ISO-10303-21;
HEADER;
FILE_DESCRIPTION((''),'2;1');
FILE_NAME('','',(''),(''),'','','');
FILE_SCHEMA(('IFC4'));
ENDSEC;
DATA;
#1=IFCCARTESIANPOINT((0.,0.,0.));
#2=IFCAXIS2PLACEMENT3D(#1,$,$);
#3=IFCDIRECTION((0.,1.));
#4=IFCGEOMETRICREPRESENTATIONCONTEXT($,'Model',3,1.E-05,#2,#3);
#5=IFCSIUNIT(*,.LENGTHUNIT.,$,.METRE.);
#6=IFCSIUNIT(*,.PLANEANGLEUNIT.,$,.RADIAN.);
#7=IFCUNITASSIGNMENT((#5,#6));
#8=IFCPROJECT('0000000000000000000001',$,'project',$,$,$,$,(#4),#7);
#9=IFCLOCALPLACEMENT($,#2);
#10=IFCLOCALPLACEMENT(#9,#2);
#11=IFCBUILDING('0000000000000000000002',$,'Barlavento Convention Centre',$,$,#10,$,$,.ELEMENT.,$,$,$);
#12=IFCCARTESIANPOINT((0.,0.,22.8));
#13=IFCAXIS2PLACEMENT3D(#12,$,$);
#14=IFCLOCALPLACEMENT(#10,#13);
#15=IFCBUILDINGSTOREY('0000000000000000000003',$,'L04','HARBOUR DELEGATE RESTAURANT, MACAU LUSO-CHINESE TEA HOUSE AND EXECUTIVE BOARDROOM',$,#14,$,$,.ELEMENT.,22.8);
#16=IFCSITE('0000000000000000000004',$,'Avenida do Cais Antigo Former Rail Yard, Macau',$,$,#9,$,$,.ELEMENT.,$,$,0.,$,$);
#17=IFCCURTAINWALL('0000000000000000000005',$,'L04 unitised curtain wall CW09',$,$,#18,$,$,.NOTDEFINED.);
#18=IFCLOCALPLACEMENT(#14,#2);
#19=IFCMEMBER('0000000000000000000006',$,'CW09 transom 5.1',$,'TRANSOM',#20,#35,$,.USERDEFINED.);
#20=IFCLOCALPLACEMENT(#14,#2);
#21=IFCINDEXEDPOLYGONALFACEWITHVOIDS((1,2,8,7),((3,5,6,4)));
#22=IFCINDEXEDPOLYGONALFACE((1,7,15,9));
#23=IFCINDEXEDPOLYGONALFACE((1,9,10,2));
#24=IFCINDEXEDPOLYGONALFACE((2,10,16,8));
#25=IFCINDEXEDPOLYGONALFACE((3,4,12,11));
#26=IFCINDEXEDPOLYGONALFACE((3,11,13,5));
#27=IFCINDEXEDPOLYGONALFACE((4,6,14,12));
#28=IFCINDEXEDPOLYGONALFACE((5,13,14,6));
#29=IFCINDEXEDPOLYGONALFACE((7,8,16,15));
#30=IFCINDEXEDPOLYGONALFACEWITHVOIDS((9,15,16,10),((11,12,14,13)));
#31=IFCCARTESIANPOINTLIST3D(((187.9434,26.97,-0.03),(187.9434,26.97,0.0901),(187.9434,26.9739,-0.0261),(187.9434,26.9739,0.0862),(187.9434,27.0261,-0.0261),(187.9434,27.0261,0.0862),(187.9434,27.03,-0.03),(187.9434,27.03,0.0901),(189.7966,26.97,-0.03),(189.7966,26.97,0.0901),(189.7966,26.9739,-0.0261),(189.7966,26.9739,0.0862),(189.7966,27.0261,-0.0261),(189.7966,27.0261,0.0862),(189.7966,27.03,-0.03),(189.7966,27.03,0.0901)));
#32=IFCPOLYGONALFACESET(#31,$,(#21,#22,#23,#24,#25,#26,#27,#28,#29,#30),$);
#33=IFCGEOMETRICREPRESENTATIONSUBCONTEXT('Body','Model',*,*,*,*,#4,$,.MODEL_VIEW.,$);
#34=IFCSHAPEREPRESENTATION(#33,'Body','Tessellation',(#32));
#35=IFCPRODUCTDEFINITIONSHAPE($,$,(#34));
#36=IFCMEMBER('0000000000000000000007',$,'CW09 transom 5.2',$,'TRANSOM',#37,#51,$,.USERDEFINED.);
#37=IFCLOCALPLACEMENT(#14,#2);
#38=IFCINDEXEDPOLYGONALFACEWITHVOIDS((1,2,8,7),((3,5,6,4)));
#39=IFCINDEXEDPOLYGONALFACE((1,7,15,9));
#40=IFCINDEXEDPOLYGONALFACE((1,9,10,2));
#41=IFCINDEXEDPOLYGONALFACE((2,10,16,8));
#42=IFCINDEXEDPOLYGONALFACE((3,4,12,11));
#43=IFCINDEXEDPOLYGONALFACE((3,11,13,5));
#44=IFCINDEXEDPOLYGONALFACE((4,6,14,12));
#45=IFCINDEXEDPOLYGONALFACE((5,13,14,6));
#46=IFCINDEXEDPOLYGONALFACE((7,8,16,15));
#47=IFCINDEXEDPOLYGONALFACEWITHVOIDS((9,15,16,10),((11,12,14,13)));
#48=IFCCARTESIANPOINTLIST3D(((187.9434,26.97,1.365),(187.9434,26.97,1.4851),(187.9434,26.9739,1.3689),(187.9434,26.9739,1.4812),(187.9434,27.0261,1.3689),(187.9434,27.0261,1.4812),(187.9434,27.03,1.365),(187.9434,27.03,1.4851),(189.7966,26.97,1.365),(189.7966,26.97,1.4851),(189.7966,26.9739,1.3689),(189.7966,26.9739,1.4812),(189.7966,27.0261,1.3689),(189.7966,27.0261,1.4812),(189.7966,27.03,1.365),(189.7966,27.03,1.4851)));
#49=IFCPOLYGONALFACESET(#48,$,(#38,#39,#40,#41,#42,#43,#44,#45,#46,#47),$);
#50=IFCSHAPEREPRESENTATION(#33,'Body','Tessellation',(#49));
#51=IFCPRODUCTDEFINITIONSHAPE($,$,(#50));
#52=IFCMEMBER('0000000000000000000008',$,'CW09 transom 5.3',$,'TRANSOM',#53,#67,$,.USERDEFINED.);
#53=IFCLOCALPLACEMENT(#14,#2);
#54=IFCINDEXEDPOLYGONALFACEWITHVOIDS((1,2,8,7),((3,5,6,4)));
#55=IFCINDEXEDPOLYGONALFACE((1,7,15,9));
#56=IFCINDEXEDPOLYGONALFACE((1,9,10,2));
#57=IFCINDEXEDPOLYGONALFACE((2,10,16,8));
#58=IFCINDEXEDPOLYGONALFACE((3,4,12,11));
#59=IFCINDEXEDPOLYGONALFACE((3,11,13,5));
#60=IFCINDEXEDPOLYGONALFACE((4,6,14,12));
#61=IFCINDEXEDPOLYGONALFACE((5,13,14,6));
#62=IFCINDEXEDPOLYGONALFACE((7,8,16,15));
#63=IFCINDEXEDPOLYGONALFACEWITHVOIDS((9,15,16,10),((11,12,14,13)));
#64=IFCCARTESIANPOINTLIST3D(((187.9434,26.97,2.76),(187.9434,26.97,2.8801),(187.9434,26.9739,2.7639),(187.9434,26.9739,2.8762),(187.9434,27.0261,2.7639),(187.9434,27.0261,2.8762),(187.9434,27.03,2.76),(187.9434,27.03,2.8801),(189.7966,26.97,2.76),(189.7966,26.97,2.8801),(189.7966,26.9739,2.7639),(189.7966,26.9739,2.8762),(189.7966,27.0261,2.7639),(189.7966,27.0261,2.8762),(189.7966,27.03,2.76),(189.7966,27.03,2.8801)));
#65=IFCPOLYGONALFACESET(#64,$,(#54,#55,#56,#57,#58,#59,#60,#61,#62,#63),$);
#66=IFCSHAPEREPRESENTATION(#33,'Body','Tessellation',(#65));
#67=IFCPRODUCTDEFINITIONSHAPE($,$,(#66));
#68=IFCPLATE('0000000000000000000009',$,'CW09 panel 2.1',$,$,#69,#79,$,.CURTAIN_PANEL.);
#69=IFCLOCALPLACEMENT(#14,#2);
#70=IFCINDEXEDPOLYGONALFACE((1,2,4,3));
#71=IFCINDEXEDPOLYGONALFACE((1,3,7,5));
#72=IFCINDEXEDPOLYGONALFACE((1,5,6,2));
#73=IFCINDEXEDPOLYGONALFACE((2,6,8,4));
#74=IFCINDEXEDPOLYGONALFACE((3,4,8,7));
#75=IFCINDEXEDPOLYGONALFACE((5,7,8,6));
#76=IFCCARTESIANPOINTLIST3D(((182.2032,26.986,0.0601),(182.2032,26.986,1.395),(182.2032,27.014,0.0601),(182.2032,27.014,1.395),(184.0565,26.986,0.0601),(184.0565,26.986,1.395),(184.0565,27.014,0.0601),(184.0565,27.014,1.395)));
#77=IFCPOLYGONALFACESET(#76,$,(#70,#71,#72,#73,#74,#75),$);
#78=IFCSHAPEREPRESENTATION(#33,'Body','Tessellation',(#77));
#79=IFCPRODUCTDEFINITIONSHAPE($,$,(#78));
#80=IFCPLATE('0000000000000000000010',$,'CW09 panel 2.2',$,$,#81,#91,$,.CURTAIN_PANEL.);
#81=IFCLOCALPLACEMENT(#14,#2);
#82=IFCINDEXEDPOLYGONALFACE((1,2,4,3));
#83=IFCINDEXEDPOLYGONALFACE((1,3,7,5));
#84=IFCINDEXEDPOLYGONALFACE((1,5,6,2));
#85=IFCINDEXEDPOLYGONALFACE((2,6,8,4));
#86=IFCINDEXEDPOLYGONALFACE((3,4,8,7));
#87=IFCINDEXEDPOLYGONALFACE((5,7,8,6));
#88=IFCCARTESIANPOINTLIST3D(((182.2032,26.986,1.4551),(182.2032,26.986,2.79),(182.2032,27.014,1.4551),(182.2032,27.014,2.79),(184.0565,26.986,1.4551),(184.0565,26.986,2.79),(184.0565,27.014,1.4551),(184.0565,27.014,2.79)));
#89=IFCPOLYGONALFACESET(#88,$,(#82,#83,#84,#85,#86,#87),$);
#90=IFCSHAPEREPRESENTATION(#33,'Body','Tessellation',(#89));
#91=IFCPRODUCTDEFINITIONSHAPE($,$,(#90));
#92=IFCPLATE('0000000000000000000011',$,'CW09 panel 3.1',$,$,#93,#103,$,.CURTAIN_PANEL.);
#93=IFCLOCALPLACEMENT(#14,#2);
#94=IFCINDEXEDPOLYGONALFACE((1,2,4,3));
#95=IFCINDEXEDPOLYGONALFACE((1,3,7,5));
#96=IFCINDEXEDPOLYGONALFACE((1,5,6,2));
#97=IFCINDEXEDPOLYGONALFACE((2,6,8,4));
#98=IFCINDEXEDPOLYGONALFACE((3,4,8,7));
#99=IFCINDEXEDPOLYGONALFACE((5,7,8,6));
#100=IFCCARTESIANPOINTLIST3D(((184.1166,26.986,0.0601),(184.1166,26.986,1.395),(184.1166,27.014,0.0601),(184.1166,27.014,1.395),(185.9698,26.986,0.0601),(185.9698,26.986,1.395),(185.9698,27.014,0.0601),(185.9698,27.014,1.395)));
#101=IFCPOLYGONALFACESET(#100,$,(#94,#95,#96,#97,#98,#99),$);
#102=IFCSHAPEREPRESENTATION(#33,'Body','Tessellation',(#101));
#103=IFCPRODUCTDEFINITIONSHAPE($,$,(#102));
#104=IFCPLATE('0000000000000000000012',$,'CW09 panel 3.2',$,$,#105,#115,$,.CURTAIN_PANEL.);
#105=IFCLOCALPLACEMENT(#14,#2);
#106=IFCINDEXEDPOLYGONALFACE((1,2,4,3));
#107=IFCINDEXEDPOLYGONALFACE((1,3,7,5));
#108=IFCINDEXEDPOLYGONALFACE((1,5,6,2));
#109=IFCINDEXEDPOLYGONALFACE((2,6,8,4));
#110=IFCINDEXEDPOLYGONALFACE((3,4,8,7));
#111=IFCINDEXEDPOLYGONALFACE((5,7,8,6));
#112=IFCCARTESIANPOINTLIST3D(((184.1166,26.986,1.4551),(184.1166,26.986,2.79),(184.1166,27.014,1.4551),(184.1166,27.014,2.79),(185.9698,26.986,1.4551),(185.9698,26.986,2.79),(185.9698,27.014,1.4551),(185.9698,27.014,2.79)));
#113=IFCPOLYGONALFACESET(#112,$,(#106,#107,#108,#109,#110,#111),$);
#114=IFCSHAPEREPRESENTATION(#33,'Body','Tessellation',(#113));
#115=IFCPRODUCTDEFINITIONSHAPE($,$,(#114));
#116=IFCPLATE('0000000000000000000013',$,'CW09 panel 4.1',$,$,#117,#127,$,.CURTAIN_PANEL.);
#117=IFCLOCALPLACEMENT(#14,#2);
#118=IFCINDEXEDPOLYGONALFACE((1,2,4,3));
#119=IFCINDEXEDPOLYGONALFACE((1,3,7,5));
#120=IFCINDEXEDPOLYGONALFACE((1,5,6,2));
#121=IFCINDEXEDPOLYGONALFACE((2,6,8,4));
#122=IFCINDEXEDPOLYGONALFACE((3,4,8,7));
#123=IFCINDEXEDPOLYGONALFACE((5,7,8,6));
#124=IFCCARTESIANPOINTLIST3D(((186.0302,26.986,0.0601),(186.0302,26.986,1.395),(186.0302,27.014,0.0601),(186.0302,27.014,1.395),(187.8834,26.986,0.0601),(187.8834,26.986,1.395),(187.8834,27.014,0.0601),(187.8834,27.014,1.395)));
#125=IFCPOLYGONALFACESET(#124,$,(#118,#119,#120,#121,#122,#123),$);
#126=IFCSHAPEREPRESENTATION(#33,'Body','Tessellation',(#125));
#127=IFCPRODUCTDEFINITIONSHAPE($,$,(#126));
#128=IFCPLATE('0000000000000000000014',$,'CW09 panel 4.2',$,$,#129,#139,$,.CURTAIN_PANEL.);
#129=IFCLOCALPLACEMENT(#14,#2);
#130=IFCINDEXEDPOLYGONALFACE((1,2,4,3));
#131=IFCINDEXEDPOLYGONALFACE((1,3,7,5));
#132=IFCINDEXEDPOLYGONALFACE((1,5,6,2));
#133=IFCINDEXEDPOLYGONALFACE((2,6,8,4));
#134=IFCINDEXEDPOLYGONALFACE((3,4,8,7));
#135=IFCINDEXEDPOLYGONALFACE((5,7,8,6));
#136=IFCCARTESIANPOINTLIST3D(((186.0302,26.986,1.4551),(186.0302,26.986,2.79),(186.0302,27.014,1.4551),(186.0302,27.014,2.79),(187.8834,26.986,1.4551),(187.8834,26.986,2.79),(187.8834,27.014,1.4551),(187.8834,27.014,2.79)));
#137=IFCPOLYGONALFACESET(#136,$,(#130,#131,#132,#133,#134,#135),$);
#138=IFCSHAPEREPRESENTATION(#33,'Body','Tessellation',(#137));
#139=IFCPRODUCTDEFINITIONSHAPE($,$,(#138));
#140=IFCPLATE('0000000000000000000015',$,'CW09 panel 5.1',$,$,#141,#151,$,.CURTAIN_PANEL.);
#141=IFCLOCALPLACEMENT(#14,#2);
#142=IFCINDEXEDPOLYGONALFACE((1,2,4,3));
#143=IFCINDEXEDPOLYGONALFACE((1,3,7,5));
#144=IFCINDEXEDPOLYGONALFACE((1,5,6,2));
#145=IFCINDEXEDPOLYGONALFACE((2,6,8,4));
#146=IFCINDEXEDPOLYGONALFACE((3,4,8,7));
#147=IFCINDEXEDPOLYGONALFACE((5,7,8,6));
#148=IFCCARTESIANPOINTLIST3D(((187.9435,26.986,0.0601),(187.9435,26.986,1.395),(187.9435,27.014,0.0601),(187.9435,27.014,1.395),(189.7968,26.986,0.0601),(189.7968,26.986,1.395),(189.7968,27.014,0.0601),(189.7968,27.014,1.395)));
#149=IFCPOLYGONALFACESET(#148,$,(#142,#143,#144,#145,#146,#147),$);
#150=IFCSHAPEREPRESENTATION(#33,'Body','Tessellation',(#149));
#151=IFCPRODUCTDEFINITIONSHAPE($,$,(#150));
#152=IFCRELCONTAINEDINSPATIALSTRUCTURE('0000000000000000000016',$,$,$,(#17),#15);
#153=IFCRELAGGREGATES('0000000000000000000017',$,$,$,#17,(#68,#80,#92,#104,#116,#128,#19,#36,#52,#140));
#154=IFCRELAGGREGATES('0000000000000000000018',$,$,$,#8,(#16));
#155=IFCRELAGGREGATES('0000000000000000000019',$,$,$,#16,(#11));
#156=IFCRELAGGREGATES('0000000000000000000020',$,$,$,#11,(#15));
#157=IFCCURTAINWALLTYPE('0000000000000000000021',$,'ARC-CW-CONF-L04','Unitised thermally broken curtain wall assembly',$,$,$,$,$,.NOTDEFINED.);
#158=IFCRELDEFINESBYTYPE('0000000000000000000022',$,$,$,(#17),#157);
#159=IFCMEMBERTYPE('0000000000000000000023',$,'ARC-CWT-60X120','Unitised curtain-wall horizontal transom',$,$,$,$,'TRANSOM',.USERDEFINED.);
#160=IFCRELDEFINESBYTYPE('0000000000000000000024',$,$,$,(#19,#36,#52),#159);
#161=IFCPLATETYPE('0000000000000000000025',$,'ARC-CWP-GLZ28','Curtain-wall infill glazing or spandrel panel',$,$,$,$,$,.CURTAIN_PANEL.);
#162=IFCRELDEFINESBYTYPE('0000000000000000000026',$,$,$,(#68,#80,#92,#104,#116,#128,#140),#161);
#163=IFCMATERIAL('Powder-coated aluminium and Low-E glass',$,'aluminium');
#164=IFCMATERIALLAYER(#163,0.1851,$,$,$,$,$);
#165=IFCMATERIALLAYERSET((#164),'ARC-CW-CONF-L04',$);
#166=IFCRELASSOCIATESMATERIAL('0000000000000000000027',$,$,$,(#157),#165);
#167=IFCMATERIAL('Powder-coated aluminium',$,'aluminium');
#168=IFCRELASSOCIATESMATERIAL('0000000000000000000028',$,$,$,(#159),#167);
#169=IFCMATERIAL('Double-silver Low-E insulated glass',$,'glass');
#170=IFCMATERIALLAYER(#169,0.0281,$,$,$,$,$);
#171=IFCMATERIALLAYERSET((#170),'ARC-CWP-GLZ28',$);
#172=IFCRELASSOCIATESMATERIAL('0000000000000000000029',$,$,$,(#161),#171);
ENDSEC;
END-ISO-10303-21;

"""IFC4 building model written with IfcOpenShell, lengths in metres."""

from ifc_helpers import new_model, si_unit, direction, frame, origin, origin_2d, place, context, subcontext, project, spatial, rectangle, hollow_rectangle, extrude, material, layer, layer_set, material_profile, profile_set, type_object, element, aggregate, save


model = new_model("IFC4")

# Units and contexts
model_context = context("Model", 3, precision=1e-05, world=origin(), true_north=direction((0.0, 1.0)))
body_context = subcontext(model_context, "Body", "Model", "MODEL_VIEW")
ifc_project = project(units=[si_unit("LENGTHUNIT", "METRE"), si_unit("PLANEANGLEUNIT", "RADIAN")], contexts=[model_context])

# Site, building, storey
site_placement = place(None, origin())
site = spatial("IfcSite", under=ifc_project, at=site_placement, Name="Avenida do Cais Antigo Former Rail Yard, Macau", CompositionType="ELEMENT", RefElevation=0.0)
building_placement = place(site_placement, origin())
building = spatial("IfcBuilding", under=site, at=building_placement, Name="Barlavento Convention Centre", CompositionType="ELEMENT")
storey_placement = place(building_placement, frame((0.0, 0.0, 22.8)))
storey = spatial("IfcBuildingStorey", under=building, at=storey_placement, Name="L04", Description="HARBOUR DELEGATE RESTAURANT, MACAU LUSO-CHINESE TEA HOUSE AND EXECUTIVE BOARDROOM", CompositionType="ELEMENT", Elevation=22.8)

# Curtain wall, members, plates
ifc_material_1 = material(Name="Powder-coated aluminium and Low-E glass", Category="aluminium")
ifc_layer_1 = layer(ifc_material_1, 0.1851)
ifc_layer_set_1 = layer_set([ifc_layer_1], Name="ARC-CW-CONF-L04")
curtain_wall_type = type_object("IfcCurtainWallType", Name="ARC-CW-CONF-L04", Description="Unitised thermally broken curtain wall assembly", PredefinedType="NOTDEFINED", material=ifc_layer_set_1)
curtain_wall_placement = place(storey_placement, origin())
curtain_wall = element("IfcCurtainWall", 1, at=curtain_wall_placement, inside=storey, type_object=curtain_wall_type, Name="L04 unitised curtain wall CW09", PredefinedType="NOTDEFINED")
ifc_material_2 = material(Name="Powder-coated aluminium", Category="aluminium")
ifc_material_profile_1 = material_profile(ifc_material_2, hollow_rectangle(XDim=0.0601, YDim=0.1201, WallThickness=0.0039, at=origin_2d()), Name="AL-TRAN 60x120x4")
ifc_profile_set_1 = profile_set([ifc_material_profile_1], Name="Powder-coated aluminium")
member_type_1 = type_object("IfcMemberType", Name="ARC-CWT-60X120", Description="Unitised curtain-wall horizontal transom", ElementType="TRANSOM", PredefinedType="USERDEFINED", material=ifc_profile_set_1)
member_1_placement = place(storey_placement, frame((187.9434, 27.0, 0.03), z_axis=(1.0, 0.0, 0.0), x_axis=(0.0, 1.0, 0.0)))
member_1 = element("IfcMember", 2, at=member_1_placement, type_object=member_type_1, Name="CW09 transom 5.1", ObjectType="TRANSOM", PredefinedType="USERDEFINED", context=body_context, shape_type="SweptSolid", body=[
    extrude(hollow_rectangle(XDim=0.0601, YDim=0.1201, WallThickness=0.0039, at=origin_2d()), origin(), (0.0, 0.0, 1.0), 1.8533),
])
member_2_placement = place(storey_placement, frame((187.9434, 27.0, 1.425), z_axis=(1.0, 0.0, 0.0), x_axis=(0.0, 1.0, 0.0)))
member_2 = element("IfcMember", 3, at=member_2_placement, type_object=member_type_1, Name="CW09 transom 5.2", ObjectType="TRANSOM", PredefinedType="USERDEFINED", context=body_context, shape_type="SweptSolid", body=[
    extrude(hollow_rectangle(XDim=0.0601, YDim=0.1201, WallThickness=0.0039, at=origin_2d()), origin(), (0.0, 0.0, 1.0), 1.8533),
])
member_3_placement = place(storey_placement, frame((187.9434, 27.0, 2.8201), z_axis=(1.0, 0.0, 0.0), x_axis=(0.0, 1.0, 0.0)))
member_3 = element("IfcMember", 4, at=member_3_placement, type_object=member_type_1, Name="CW09 transom 5.3", ObjectType="TRANSOM", PredefinedType="USERDEFINED", context=body_context, shape_type="SweptSolid", body=[
    extrude(hollow_rectangle(XDim=0.0601, YDim=0.1201, WallThickness=0.0039, at=origin_2d()), origin(), (0.0, 0.0, 1.0), 1.8533),
])
ifc_material_3 = material(Name="Double-silver Low-E insulated glass", Category="glass")
ifc_layer_2 = layer(ifc_material_3, 0.0281)
ifc_layer_set_2 = layer_set([ifc_layer_2], Name="ARC-CWP-GLZ28")
plate_type = type_object("IfcPlateType", Name="ARC-CWP-GLZ28", Description="Curtain-wall infill glazing or spandrel panel", PredefinedType="CURTAIN_PANEL", material=ifc_layer_set_2)
plate_1_placement = place(storey_placement, frame((183.1299, 27.0, 0.0601), z_axis=(0.0, 0.0, 1.0), x_axis=(1.0, 0.0, 0.0)))
plate_1 = element("IfcPlate", 5, at=plate_1_placement, type_object=plate_type, Name="CW09 panel 2.1", PredefinedType="CURTAIN_PANEL", context=body_context, shape_type="SweptSolid", body=[
    extrude(rectangle(XDim=1.8533, YDim=0.0281, at=origin_2d()), origin(), (0.0, 0.0, 1.0), 1.335),
])
plate_2_placement = place(storey_placement, frame((183.1299, 27.0, 1.4551), z_axis=(0.0, 0.0, 1.0), x_axis=(1.0, 0.0, 0.0)))
plate_2 = element("IfcPlate", 6, at=plate_2_placement, type_object=plate_type, Name="CW09 panel 2.2", PredefinedType="CURTAIN_PANEL", context=body_context, shape_type="SweptSolid", body=[
    extrude(rectangle(XDim=1.8533, YDim=0.0281, at=origin_2d()), origin(), (0.0, 0.0, 1.0), 1.335),
])
plate_3_placement = place(storey_placement, frame((185.0432, 27.0, 0.0601), z_axis=(0.0, 0.0, 1.0), x_axis=(1.0, 0.0, 0.0)))
plate_3 = element("IfcPlate", 7, at=plate_3_placement, type_object=plate_type, Name="CW09 panel 3.1", PredefinedType="CURTAIN_PANEL", context=body_context, shape_type="SweptSolid", body=[
    extrude(rectangle(XDim=1.8533, YDim=0.0281, at=origin_2d()), origin(), (0.0, 0.0, 1.0), 1.335),
])
plate_4_placement = place(storey_placement, frame((185.0432, 27.0, 1.4551), z_axis=(0.0, 0.0, 1.0), x_axis=(1.0, 0.0, 0.0)))
plate_4 = element("IfcPlate", 8, at=plate_4_placement, type_object=plate_type, Name="CW09 panel 3.2", PredefinedType="CURTAIN_PANEL", context=body_context, shape_type="SweptSolid", body=[
    extrude(rectangle(XDim=1.8533, YDim=0.0281, at=origin_2d()), origin(), (0.0, 0.0, 1.0), 1.335),
])
plate_5_placement = place(storey_placement, frame((186.9568, 27.0, 0.0601), z_axis=(0.0, 0.0, 1.0), x_axis=(1.0, 0.0, 0.0)))
plate_5 = element("IfcPlate", 9, at=plate_5_placement, type_object=plate_type, Name="CW09 panel 4.1", PredefinedType="CURTAIN_PANEL", context=body_context, shape_type="SweptSolid", body=[
    extrude(rectangle(XDim=1.8533, YDim=0.0281, at=origin_2d()), origin(), (0.0, 0.0, 1.0), 1.335),
])
plate_6_placement = place(storey_placement, frame((186.9568, 27.0, 1.4551), z_axis=(0.0, 0.0, 1.0), x_axis=(1.0, 0.0, 0.0)))
plate_6 = element("IfcPlate", 10, at=plate_6_placement, type_object=plate_type, Name="CW09 panel 4.2", PredefinedType="CURTAIN_PANEL", context=body_context, shape_type="SweptSolid", body=[
    extrude(rectangle(XDim=1.8533, YDim=0.0281, at=origin_2d()), origin(), (0.0, 0.0, 1.0), 1.335),
])
plate_7_placement = place(storey_placement, frame((188.8701, 27.0, 0.0601), z_axis=(0.0, 0.0, 1.0), x_axis=(1.0, 0.0, 0.0)))
plate_7 = element("IfcPlate", 11, at=plate_7_placement, type_object=plate_type, Name="CW09 panel 5.1", PredefinedType="CURTAIN_PANEL", context=body_context, shape_type="SweptSolid", body=[
    extrude(rectangle(XDim=1.8533, YDim=0.0281, at=origin_2d()), origin(), (0.0, 0.0, 1.0), 1.335),
])
aggregate(curtain_wall, [plate_1, plate_2, plate_3, plate_4, plate_5, plate_6, member_1, member_2, member_3, plate_7])

save(model, "model.ifc")
